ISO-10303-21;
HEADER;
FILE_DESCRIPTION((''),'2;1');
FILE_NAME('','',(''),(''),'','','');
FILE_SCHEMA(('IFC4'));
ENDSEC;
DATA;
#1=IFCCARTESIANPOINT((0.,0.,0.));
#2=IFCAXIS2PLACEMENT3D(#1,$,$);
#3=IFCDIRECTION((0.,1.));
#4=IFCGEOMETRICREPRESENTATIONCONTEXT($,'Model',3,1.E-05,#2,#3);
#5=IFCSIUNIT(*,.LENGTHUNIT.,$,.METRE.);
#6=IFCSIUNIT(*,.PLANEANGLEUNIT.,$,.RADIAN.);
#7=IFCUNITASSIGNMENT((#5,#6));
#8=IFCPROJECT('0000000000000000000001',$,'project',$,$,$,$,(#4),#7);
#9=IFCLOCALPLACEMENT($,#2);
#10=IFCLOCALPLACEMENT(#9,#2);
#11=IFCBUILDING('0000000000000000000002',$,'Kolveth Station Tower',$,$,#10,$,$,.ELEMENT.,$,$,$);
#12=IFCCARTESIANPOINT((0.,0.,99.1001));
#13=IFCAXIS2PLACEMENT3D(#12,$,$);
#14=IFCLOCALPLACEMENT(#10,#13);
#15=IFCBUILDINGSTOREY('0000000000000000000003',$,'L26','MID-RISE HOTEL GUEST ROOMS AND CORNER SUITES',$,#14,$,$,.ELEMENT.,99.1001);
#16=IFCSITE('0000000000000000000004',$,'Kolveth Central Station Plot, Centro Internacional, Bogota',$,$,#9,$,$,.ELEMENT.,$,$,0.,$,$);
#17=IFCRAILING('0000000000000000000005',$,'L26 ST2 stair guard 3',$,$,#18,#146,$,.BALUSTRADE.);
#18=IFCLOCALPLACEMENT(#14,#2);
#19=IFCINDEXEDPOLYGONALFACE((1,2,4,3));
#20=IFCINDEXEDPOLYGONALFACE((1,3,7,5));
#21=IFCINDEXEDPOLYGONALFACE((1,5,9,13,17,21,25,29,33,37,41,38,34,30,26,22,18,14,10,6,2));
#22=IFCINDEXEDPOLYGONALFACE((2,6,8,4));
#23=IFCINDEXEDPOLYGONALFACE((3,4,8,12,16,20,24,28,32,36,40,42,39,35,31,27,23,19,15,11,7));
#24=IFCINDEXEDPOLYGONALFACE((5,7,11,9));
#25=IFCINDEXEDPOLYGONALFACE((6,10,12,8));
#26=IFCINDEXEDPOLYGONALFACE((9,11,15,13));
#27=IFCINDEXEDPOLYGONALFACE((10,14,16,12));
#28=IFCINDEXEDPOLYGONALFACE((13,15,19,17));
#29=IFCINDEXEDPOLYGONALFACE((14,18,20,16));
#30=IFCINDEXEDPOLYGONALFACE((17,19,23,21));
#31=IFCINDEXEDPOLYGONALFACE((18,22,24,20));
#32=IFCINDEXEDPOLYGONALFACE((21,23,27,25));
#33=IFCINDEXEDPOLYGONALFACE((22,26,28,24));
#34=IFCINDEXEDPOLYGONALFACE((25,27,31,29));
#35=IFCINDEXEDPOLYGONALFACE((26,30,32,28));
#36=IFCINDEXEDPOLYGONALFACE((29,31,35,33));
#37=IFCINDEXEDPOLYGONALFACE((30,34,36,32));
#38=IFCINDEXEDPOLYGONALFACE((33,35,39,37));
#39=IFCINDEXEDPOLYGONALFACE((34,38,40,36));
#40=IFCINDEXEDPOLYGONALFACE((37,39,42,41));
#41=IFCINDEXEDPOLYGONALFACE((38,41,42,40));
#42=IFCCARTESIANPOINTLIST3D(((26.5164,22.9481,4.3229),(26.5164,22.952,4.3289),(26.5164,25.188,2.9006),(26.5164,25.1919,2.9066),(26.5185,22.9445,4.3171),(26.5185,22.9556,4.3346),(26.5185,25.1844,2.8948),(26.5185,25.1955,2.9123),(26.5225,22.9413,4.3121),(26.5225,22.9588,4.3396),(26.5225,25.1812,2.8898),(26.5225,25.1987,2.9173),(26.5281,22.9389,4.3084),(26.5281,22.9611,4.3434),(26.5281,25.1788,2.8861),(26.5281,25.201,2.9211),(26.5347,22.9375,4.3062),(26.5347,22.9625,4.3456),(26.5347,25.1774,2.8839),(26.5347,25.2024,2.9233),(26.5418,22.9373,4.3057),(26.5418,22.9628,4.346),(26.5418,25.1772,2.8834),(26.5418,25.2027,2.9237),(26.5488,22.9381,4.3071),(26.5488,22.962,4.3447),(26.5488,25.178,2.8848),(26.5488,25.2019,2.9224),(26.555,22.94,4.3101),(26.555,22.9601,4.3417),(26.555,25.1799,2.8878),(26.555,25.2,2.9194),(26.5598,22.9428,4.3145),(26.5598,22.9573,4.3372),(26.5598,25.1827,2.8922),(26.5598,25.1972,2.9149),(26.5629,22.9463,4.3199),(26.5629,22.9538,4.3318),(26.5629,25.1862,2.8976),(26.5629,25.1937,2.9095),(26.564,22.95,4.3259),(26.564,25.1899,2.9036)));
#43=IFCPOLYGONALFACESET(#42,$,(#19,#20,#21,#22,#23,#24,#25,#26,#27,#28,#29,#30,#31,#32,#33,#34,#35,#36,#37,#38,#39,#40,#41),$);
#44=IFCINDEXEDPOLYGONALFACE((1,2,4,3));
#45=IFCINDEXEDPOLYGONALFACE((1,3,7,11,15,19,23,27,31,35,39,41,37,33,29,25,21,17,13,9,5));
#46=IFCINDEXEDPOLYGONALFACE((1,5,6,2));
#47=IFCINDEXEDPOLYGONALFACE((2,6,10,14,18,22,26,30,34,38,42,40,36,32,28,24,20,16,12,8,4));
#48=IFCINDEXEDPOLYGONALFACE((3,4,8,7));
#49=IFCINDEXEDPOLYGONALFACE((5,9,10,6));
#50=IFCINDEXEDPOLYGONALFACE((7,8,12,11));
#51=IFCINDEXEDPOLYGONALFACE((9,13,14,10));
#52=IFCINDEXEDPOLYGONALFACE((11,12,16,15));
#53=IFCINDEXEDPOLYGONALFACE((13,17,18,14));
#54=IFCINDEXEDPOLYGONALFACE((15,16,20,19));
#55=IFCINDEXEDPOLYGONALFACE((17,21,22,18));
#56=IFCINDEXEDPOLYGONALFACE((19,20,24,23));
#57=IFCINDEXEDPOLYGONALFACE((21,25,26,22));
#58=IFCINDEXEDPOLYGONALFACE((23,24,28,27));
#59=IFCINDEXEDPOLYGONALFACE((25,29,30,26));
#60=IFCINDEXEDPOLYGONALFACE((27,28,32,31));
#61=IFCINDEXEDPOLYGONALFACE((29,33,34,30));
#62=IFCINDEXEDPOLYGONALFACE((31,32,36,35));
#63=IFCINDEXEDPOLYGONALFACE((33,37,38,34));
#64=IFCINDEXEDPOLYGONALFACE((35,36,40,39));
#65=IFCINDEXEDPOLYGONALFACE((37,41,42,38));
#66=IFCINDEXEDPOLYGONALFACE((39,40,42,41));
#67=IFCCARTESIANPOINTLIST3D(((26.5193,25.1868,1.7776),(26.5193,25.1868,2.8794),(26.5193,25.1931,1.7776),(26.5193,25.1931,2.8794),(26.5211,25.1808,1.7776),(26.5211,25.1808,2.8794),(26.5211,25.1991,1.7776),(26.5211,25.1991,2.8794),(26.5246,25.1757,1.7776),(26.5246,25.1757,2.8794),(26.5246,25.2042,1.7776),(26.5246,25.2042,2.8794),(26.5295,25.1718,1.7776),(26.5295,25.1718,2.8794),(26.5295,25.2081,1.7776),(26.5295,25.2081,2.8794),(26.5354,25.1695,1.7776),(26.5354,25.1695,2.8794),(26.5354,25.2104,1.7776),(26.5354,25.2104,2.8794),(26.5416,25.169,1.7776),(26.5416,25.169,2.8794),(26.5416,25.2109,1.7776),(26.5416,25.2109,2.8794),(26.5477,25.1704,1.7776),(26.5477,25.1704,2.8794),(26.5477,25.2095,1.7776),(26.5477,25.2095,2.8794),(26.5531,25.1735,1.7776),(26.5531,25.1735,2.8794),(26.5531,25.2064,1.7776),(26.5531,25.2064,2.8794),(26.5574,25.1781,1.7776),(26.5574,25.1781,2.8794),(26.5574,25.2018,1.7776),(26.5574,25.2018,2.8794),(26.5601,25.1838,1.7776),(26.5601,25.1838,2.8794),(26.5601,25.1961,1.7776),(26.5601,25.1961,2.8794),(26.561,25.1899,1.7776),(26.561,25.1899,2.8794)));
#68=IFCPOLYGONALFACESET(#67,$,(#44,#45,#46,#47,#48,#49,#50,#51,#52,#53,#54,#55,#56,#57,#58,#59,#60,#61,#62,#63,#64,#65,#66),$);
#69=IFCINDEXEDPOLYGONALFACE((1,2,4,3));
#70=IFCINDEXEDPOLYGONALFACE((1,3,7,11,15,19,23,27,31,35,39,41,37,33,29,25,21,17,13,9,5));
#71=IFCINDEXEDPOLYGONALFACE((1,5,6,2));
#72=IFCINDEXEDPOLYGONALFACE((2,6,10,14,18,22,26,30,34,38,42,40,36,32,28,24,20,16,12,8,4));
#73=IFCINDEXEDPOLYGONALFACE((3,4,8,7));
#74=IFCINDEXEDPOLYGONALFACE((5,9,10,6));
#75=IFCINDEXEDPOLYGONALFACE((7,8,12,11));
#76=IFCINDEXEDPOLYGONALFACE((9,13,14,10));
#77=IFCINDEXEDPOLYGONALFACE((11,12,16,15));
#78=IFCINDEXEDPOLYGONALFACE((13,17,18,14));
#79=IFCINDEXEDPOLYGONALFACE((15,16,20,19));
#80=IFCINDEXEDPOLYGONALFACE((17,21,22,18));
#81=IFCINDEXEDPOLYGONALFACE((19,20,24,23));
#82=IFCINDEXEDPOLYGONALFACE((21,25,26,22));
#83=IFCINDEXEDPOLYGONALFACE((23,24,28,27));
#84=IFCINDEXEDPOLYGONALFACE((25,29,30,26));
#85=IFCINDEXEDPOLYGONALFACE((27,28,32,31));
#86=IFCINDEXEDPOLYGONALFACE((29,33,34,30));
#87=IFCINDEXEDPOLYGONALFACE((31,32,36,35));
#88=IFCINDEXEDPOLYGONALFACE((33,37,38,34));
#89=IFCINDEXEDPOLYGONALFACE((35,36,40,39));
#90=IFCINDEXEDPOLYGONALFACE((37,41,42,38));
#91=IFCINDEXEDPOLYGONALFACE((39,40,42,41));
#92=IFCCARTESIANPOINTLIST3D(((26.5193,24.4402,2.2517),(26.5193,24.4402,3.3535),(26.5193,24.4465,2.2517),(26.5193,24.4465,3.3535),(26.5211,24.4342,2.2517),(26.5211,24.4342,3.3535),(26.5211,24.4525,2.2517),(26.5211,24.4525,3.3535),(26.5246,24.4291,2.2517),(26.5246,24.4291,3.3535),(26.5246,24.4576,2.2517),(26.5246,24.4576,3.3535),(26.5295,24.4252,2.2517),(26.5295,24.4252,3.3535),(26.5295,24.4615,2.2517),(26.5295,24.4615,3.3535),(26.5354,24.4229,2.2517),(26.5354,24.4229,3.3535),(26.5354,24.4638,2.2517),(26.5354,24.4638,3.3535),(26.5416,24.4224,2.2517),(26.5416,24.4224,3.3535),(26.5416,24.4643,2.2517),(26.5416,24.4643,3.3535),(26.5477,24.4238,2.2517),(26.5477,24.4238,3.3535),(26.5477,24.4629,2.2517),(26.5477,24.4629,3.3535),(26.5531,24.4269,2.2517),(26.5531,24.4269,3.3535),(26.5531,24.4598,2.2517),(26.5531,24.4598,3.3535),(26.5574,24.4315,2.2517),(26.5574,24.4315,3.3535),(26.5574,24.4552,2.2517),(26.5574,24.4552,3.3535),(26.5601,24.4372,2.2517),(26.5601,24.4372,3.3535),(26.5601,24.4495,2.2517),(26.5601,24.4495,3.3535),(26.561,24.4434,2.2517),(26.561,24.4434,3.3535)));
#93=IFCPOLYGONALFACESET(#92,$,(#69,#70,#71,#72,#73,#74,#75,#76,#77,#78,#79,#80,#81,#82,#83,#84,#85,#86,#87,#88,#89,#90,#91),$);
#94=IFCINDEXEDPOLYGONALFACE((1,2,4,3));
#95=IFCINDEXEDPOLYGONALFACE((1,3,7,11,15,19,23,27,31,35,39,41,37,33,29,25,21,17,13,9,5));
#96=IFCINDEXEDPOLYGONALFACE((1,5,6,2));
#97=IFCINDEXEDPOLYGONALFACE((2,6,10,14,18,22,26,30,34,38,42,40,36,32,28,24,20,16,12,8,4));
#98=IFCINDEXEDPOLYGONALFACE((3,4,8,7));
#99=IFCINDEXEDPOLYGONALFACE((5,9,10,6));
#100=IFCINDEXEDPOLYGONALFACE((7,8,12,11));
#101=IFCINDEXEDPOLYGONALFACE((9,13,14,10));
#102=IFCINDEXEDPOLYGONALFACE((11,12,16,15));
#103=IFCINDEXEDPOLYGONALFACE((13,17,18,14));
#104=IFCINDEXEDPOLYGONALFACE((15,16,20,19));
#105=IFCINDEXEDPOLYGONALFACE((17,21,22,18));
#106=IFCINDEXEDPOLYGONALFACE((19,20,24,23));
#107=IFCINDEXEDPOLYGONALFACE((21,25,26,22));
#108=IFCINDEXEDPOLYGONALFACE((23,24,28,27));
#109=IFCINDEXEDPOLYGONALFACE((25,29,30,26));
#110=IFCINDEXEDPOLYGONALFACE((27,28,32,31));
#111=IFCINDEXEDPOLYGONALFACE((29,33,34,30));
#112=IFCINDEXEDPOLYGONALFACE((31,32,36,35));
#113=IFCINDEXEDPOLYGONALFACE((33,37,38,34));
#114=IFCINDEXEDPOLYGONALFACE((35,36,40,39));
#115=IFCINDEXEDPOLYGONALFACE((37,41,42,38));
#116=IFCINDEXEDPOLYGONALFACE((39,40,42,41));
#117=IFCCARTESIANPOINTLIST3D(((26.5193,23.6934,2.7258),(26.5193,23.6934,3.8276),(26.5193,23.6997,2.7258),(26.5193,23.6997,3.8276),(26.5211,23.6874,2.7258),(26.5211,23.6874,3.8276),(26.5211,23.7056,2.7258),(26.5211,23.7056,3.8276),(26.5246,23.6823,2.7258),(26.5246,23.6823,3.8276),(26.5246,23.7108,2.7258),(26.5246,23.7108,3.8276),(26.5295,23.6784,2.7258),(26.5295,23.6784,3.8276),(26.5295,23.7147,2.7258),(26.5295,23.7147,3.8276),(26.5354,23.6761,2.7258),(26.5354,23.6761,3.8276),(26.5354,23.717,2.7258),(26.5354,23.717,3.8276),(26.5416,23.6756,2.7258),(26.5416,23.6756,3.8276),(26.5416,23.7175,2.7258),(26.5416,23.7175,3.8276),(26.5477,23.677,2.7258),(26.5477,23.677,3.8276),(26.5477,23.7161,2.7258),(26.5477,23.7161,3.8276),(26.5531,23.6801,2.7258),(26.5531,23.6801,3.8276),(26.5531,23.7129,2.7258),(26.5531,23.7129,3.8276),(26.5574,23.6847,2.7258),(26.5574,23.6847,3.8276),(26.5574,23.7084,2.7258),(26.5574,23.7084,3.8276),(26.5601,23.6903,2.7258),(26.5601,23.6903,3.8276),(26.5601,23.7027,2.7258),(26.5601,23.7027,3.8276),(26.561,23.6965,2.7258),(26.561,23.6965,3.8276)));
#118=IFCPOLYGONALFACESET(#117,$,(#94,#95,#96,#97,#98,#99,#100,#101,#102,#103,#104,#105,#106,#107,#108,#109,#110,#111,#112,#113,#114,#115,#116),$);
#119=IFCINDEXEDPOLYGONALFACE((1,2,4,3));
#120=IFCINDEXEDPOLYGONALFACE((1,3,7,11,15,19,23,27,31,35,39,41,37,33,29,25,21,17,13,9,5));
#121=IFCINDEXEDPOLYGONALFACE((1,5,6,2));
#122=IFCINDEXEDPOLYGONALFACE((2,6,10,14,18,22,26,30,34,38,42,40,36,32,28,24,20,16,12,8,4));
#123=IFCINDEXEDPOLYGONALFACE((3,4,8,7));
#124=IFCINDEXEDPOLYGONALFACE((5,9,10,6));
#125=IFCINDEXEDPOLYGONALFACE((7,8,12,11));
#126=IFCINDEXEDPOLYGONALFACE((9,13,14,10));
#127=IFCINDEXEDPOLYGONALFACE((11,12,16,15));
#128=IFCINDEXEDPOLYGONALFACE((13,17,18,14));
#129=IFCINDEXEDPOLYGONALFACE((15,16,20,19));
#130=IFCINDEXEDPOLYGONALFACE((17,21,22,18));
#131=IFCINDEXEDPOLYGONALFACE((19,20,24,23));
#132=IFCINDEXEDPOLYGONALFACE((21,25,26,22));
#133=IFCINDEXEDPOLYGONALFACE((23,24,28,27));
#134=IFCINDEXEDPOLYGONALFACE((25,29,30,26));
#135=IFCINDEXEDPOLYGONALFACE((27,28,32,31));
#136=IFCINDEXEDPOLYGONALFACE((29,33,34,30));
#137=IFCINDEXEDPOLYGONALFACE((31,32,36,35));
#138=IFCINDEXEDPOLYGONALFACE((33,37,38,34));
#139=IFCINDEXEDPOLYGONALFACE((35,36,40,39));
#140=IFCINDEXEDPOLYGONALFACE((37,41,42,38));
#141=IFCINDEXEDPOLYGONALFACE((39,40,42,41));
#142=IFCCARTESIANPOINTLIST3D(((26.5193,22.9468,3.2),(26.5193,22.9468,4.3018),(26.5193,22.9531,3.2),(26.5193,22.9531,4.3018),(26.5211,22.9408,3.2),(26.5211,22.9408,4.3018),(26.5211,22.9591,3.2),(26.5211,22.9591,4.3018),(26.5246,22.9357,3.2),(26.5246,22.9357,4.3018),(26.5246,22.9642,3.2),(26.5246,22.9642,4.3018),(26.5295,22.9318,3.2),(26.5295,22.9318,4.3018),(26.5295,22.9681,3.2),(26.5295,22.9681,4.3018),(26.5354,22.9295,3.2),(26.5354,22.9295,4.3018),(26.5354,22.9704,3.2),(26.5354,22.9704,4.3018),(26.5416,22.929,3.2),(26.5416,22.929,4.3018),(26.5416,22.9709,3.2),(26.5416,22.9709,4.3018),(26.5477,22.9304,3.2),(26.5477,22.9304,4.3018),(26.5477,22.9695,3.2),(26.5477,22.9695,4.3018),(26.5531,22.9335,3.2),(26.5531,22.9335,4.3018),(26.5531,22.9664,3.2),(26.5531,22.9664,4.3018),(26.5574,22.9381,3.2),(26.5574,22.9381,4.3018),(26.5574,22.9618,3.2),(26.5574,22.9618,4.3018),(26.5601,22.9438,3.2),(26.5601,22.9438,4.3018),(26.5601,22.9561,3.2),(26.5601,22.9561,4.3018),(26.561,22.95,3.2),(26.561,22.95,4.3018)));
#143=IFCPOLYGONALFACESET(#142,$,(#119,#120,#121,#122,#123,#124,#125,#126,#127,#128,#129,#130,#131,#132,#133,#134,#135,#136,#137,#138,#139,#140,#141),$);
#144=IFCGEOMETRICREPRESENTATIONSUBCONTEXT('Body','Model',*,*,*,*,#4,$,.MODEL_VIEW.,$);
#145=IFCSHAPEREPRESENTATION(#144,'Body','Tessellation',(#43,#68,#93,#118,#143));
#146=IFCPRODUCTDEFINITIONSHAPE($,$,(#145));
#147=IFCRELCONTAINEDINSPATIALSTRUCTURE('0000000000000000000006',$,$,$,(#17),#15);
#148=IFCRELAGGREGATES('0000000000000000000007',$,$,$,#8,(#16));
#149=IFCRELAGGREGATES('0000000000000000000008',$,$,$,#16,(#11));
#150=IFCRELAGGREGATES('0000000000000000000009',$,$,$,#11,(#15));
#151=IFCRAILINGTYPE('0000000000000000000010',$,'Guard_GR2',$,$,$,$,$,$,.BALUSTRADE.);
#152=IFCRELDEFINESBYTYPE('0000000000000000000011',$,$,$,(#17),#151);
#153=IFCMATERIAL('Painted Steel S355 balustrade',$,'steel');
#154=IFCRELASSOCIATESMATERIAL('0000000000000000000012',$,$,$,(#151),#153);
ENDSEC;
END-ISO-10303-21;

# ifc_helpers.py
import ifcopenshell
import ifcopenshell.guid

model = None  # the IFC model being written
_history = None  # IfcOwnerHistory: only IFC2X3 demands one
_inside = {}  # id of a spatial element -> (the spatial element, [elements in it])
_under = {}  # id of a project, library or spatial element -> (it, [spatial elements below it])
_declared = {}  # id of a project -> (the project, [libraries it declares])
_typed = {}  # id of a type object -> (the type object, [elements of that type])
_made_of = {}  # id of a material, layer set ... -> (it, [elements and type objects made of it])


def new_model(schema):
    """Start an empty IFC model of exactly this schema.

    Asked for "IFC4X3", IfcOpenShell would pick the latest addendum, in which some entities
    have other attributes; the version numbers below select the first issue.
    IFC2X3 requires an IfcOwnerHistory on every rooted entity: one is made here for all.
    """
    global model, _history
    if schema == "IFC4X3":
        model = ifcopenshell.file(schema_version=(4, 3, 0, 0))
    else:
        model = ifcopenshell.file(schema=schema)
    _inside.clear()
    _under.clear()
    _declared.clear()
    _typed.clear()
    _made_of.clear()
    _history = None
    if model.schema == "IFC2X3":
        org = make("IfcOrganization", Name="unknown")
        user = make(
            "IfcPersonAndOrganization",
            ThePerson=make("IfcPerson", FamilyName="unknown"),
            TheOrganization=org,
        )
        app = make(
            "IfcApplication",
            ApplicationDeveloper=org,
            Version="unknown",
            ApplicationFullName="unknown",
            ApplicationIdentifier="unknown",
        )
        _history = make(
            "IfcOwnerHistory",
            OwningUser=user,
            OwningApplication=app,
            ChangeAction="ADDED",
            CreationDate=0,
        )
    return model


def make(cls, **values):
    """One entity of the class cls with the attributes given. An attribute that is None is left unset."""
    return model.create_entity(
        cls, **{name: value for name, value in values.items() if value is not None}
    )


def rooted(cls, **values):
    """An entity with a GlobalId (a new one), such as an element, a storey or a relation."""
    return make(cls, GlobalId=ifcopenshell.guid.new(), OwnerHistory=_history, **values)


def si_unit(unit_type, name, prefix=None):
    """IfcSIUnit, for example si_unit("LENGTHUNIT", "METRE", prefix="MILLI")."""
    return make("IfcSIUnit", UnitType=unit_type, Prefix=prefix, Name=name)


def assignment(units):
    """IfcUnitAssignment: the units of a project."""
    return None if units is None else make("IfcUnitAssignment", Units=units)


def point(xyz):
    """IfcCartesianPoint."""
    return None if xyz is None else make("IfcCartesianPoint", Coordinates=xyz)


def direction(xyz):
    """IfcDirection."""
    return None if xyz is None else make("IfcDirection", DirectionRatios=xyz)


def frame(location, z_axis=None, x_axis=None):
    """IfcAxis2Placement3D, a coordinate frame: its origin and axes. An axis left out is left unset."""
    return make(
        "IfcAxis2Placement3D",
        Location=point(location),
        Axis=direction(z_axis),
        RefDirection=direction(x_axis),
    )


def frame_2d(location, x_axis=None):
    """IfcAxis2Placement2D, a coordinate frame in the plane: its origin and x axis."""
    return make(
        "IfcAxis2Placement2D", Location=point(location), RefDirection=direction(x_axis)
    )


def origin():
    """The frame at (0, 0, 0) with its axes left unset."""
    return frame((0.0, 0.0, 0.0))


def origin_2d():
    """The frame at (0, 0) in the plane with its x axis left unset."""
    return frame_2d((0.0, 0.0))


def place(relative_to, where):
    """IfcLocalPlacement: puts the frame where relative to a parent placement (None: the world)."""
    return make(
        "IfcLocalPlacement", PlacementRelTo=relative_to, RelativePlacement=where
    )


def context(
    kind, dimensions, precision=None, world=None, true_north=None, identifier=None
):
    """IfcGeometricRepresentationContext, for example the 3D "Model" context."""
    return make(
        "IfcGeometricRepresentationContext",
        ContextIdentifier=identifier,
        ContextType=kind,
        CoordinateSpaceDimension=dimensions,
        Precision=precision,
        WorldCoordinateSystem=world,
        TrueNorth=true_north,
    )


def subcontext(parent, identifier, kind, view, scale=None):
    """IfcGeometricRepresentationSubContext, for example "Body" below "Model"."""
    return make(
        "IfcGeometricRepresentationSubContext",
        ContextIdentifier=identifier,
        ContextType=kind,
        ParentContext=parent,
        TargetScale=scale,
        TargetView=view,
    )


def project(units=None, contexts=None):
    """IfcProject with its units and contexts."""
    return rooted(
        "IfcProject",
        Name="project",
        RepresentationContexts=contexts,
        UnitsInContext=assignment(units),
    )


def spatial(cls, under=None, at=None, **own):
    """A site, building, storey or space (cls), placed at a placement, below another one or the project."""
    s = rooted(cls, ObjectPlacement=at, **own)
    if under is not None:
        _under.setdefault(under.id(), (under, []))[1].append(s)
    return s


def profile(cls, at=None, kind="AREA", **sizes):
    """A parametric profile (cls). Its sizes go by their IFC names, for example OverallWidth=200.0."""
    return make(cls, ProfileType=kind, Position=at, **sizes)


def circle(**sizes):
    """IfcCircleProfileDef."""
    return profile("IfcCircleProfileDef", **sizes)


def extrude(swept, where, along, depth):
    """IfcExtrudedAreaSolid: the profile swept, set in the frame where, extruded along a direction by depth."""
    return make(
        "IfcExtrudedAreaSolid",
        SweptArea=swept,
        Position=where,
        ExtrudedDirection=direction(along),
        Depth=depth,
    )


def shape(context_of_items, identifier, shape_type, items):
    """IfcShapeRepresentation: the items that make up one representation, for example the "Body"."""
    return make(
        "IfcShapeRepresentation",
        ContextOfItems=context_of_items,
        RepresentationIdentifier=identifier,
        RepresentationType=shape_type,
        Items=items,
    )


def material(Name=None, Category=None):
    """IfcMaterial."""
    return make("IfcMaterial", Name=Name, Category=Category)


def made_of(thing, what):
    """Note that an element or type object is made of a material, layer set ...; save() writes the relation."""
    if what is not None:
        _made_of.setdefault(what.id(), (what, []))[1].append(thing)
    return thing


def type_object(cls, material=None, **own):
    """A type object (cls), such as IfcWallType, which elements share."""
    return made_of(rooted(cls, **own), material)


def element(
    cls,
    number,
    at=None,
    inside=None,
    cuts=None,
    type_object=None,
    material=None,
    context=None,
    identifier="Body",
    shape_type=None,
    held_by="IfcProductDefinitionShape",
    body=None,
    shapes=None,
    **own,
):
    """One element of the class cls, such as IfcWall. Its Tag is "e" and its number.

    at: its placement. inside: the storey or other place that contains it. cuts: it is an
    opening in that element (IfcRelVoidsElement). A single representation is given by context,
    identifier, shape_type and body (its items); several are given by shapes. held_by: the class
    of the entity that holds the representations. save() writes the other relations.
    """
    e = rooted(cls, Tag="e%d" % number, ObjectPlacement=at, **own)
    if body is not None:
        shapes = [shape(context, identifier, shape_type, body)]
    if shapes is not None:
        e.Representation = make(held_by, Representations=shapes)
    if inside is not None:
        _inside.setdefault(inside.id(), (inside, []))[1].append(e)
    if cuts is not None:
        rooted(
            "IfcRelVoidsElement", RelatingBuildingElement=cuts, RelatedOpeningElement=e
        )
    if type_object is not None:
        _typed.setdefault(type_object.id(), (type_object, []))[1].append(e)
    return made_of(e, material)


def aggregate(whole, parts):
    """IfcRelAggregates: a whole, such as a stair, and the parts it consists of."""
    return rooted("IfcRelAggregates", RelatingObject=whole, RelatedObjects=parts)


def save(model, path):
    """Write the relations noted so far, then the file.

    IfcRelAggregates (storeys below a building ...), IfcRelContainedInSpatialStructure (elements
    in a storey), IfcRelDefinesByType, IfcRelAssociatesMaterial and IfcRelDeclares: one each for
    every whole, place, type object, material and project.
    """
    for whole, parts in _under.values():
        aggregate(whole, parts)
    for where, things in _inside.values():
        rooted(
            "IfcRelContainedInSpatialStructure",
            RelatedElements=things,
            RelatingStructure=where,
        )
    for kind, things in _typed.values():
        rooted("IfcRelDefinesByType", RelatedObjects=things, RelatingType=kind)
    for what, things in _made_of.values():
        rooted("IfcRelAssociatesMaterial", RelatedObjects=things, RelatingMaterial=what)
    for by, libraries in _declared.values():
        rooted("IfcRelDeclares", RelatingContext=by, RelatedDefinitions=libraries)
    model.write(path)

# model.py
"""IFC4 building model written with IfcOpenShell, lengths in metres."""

from ifc_helpers import new_model, si_unit, direction, frame, origin, origin_2d, place, context, subcontext, project, spatial, circle, extrude, material, type_object, element, save


model = new_model("IFC4")

# Units and contexts
model_context = context("Model", 3, precision=1e-05, world=origin(), true_north=direction((0.0, 1.0)))
body_context = subcontext(model_context, "Body", "Model", "MODEL_VIEW")
ifc_project = project(units=[si_unit("LENGTHUNIT", "METRE"), si_unit("PLANEANGLEUNIT", "RADIAN")], contexts=[model_context])

# Site, building, storey
site_placement = place(None, origin())
site = spatial("IfcSite", under=ifc_project, at=site_placement, Name="Kolveth Central Station Plot, Centro Internacional, Bogota", CompositionType="ELEMENT", RefElevation=0.0)
building_placement = place(site_placement, origin())
building = spatial("IfcBuilding", under=site, at=building_placement, Name="Kolveth Station Tower", CompositionType="ELEMENT")
storey_placement = place(building_placement, frame((0.0, 0.0, 99.1001)))
storey = spatial("IfcBuildingStorey", under=building, at=storey_placement, Name="L26", Description="MID-RISE HOTEL GUEST ROOMS AND CORNER SUITES", CompositionType="ELEMENT", Elevation=99.1001)

# Railing
ifc_material_1 = material(Name="Painted Steel S355 balustrade", Category="steel")
railing_type_1 = type_object("IfcRailingType", Name="Guard_GR2", PredefinedType="BALUSTRADE", material=ifc_material_1)
railing_1_placement = place(storey_placement, frame((26.54, 25.1899, 1.7776)))
element("IfcRailing", 1, at=railing_1_placement, inside=storey, type_object=railing_type_1, Name="L26 ST2 stair guard 3", PredefinedType="BALUSTRADE", context=body_context, shape_type="SweptSolid", body=[
    extrude(circle(Radius=0.0239, at=origin_2d()), frame((0.0, 0.0, 1.126), z_axis=(0.0, -0.844188, 0.536048), x_axis=(1.0, 0.0, 0.0)), (0.0, 0.0, 1.0), 2.6533),
    extrude(circle(Radius=0.021, at=origin_2d()), origin(), (0.0, 0.0, 1.0), 1.1018),
    extrude(circle(Radius=0.021, at=origin_2d()), frame((0.0, -0.7466, 0.4741)), (0.0, 0.0, 1.0), 1.1018),
    extrude(circle(Radius=0.021, at=origin_2d()), frame((0.0, -1.4934, 0.9482)), (0.0, 0.0, 1.0), 1.1018),
    extrude(circle(Radius=0.021, at=origin_2d()), frame((0.0, -2.24, 1.4224)), (0.0, 0.0, 1.0), 1.1018),
])

save(model, "model.ifc")
